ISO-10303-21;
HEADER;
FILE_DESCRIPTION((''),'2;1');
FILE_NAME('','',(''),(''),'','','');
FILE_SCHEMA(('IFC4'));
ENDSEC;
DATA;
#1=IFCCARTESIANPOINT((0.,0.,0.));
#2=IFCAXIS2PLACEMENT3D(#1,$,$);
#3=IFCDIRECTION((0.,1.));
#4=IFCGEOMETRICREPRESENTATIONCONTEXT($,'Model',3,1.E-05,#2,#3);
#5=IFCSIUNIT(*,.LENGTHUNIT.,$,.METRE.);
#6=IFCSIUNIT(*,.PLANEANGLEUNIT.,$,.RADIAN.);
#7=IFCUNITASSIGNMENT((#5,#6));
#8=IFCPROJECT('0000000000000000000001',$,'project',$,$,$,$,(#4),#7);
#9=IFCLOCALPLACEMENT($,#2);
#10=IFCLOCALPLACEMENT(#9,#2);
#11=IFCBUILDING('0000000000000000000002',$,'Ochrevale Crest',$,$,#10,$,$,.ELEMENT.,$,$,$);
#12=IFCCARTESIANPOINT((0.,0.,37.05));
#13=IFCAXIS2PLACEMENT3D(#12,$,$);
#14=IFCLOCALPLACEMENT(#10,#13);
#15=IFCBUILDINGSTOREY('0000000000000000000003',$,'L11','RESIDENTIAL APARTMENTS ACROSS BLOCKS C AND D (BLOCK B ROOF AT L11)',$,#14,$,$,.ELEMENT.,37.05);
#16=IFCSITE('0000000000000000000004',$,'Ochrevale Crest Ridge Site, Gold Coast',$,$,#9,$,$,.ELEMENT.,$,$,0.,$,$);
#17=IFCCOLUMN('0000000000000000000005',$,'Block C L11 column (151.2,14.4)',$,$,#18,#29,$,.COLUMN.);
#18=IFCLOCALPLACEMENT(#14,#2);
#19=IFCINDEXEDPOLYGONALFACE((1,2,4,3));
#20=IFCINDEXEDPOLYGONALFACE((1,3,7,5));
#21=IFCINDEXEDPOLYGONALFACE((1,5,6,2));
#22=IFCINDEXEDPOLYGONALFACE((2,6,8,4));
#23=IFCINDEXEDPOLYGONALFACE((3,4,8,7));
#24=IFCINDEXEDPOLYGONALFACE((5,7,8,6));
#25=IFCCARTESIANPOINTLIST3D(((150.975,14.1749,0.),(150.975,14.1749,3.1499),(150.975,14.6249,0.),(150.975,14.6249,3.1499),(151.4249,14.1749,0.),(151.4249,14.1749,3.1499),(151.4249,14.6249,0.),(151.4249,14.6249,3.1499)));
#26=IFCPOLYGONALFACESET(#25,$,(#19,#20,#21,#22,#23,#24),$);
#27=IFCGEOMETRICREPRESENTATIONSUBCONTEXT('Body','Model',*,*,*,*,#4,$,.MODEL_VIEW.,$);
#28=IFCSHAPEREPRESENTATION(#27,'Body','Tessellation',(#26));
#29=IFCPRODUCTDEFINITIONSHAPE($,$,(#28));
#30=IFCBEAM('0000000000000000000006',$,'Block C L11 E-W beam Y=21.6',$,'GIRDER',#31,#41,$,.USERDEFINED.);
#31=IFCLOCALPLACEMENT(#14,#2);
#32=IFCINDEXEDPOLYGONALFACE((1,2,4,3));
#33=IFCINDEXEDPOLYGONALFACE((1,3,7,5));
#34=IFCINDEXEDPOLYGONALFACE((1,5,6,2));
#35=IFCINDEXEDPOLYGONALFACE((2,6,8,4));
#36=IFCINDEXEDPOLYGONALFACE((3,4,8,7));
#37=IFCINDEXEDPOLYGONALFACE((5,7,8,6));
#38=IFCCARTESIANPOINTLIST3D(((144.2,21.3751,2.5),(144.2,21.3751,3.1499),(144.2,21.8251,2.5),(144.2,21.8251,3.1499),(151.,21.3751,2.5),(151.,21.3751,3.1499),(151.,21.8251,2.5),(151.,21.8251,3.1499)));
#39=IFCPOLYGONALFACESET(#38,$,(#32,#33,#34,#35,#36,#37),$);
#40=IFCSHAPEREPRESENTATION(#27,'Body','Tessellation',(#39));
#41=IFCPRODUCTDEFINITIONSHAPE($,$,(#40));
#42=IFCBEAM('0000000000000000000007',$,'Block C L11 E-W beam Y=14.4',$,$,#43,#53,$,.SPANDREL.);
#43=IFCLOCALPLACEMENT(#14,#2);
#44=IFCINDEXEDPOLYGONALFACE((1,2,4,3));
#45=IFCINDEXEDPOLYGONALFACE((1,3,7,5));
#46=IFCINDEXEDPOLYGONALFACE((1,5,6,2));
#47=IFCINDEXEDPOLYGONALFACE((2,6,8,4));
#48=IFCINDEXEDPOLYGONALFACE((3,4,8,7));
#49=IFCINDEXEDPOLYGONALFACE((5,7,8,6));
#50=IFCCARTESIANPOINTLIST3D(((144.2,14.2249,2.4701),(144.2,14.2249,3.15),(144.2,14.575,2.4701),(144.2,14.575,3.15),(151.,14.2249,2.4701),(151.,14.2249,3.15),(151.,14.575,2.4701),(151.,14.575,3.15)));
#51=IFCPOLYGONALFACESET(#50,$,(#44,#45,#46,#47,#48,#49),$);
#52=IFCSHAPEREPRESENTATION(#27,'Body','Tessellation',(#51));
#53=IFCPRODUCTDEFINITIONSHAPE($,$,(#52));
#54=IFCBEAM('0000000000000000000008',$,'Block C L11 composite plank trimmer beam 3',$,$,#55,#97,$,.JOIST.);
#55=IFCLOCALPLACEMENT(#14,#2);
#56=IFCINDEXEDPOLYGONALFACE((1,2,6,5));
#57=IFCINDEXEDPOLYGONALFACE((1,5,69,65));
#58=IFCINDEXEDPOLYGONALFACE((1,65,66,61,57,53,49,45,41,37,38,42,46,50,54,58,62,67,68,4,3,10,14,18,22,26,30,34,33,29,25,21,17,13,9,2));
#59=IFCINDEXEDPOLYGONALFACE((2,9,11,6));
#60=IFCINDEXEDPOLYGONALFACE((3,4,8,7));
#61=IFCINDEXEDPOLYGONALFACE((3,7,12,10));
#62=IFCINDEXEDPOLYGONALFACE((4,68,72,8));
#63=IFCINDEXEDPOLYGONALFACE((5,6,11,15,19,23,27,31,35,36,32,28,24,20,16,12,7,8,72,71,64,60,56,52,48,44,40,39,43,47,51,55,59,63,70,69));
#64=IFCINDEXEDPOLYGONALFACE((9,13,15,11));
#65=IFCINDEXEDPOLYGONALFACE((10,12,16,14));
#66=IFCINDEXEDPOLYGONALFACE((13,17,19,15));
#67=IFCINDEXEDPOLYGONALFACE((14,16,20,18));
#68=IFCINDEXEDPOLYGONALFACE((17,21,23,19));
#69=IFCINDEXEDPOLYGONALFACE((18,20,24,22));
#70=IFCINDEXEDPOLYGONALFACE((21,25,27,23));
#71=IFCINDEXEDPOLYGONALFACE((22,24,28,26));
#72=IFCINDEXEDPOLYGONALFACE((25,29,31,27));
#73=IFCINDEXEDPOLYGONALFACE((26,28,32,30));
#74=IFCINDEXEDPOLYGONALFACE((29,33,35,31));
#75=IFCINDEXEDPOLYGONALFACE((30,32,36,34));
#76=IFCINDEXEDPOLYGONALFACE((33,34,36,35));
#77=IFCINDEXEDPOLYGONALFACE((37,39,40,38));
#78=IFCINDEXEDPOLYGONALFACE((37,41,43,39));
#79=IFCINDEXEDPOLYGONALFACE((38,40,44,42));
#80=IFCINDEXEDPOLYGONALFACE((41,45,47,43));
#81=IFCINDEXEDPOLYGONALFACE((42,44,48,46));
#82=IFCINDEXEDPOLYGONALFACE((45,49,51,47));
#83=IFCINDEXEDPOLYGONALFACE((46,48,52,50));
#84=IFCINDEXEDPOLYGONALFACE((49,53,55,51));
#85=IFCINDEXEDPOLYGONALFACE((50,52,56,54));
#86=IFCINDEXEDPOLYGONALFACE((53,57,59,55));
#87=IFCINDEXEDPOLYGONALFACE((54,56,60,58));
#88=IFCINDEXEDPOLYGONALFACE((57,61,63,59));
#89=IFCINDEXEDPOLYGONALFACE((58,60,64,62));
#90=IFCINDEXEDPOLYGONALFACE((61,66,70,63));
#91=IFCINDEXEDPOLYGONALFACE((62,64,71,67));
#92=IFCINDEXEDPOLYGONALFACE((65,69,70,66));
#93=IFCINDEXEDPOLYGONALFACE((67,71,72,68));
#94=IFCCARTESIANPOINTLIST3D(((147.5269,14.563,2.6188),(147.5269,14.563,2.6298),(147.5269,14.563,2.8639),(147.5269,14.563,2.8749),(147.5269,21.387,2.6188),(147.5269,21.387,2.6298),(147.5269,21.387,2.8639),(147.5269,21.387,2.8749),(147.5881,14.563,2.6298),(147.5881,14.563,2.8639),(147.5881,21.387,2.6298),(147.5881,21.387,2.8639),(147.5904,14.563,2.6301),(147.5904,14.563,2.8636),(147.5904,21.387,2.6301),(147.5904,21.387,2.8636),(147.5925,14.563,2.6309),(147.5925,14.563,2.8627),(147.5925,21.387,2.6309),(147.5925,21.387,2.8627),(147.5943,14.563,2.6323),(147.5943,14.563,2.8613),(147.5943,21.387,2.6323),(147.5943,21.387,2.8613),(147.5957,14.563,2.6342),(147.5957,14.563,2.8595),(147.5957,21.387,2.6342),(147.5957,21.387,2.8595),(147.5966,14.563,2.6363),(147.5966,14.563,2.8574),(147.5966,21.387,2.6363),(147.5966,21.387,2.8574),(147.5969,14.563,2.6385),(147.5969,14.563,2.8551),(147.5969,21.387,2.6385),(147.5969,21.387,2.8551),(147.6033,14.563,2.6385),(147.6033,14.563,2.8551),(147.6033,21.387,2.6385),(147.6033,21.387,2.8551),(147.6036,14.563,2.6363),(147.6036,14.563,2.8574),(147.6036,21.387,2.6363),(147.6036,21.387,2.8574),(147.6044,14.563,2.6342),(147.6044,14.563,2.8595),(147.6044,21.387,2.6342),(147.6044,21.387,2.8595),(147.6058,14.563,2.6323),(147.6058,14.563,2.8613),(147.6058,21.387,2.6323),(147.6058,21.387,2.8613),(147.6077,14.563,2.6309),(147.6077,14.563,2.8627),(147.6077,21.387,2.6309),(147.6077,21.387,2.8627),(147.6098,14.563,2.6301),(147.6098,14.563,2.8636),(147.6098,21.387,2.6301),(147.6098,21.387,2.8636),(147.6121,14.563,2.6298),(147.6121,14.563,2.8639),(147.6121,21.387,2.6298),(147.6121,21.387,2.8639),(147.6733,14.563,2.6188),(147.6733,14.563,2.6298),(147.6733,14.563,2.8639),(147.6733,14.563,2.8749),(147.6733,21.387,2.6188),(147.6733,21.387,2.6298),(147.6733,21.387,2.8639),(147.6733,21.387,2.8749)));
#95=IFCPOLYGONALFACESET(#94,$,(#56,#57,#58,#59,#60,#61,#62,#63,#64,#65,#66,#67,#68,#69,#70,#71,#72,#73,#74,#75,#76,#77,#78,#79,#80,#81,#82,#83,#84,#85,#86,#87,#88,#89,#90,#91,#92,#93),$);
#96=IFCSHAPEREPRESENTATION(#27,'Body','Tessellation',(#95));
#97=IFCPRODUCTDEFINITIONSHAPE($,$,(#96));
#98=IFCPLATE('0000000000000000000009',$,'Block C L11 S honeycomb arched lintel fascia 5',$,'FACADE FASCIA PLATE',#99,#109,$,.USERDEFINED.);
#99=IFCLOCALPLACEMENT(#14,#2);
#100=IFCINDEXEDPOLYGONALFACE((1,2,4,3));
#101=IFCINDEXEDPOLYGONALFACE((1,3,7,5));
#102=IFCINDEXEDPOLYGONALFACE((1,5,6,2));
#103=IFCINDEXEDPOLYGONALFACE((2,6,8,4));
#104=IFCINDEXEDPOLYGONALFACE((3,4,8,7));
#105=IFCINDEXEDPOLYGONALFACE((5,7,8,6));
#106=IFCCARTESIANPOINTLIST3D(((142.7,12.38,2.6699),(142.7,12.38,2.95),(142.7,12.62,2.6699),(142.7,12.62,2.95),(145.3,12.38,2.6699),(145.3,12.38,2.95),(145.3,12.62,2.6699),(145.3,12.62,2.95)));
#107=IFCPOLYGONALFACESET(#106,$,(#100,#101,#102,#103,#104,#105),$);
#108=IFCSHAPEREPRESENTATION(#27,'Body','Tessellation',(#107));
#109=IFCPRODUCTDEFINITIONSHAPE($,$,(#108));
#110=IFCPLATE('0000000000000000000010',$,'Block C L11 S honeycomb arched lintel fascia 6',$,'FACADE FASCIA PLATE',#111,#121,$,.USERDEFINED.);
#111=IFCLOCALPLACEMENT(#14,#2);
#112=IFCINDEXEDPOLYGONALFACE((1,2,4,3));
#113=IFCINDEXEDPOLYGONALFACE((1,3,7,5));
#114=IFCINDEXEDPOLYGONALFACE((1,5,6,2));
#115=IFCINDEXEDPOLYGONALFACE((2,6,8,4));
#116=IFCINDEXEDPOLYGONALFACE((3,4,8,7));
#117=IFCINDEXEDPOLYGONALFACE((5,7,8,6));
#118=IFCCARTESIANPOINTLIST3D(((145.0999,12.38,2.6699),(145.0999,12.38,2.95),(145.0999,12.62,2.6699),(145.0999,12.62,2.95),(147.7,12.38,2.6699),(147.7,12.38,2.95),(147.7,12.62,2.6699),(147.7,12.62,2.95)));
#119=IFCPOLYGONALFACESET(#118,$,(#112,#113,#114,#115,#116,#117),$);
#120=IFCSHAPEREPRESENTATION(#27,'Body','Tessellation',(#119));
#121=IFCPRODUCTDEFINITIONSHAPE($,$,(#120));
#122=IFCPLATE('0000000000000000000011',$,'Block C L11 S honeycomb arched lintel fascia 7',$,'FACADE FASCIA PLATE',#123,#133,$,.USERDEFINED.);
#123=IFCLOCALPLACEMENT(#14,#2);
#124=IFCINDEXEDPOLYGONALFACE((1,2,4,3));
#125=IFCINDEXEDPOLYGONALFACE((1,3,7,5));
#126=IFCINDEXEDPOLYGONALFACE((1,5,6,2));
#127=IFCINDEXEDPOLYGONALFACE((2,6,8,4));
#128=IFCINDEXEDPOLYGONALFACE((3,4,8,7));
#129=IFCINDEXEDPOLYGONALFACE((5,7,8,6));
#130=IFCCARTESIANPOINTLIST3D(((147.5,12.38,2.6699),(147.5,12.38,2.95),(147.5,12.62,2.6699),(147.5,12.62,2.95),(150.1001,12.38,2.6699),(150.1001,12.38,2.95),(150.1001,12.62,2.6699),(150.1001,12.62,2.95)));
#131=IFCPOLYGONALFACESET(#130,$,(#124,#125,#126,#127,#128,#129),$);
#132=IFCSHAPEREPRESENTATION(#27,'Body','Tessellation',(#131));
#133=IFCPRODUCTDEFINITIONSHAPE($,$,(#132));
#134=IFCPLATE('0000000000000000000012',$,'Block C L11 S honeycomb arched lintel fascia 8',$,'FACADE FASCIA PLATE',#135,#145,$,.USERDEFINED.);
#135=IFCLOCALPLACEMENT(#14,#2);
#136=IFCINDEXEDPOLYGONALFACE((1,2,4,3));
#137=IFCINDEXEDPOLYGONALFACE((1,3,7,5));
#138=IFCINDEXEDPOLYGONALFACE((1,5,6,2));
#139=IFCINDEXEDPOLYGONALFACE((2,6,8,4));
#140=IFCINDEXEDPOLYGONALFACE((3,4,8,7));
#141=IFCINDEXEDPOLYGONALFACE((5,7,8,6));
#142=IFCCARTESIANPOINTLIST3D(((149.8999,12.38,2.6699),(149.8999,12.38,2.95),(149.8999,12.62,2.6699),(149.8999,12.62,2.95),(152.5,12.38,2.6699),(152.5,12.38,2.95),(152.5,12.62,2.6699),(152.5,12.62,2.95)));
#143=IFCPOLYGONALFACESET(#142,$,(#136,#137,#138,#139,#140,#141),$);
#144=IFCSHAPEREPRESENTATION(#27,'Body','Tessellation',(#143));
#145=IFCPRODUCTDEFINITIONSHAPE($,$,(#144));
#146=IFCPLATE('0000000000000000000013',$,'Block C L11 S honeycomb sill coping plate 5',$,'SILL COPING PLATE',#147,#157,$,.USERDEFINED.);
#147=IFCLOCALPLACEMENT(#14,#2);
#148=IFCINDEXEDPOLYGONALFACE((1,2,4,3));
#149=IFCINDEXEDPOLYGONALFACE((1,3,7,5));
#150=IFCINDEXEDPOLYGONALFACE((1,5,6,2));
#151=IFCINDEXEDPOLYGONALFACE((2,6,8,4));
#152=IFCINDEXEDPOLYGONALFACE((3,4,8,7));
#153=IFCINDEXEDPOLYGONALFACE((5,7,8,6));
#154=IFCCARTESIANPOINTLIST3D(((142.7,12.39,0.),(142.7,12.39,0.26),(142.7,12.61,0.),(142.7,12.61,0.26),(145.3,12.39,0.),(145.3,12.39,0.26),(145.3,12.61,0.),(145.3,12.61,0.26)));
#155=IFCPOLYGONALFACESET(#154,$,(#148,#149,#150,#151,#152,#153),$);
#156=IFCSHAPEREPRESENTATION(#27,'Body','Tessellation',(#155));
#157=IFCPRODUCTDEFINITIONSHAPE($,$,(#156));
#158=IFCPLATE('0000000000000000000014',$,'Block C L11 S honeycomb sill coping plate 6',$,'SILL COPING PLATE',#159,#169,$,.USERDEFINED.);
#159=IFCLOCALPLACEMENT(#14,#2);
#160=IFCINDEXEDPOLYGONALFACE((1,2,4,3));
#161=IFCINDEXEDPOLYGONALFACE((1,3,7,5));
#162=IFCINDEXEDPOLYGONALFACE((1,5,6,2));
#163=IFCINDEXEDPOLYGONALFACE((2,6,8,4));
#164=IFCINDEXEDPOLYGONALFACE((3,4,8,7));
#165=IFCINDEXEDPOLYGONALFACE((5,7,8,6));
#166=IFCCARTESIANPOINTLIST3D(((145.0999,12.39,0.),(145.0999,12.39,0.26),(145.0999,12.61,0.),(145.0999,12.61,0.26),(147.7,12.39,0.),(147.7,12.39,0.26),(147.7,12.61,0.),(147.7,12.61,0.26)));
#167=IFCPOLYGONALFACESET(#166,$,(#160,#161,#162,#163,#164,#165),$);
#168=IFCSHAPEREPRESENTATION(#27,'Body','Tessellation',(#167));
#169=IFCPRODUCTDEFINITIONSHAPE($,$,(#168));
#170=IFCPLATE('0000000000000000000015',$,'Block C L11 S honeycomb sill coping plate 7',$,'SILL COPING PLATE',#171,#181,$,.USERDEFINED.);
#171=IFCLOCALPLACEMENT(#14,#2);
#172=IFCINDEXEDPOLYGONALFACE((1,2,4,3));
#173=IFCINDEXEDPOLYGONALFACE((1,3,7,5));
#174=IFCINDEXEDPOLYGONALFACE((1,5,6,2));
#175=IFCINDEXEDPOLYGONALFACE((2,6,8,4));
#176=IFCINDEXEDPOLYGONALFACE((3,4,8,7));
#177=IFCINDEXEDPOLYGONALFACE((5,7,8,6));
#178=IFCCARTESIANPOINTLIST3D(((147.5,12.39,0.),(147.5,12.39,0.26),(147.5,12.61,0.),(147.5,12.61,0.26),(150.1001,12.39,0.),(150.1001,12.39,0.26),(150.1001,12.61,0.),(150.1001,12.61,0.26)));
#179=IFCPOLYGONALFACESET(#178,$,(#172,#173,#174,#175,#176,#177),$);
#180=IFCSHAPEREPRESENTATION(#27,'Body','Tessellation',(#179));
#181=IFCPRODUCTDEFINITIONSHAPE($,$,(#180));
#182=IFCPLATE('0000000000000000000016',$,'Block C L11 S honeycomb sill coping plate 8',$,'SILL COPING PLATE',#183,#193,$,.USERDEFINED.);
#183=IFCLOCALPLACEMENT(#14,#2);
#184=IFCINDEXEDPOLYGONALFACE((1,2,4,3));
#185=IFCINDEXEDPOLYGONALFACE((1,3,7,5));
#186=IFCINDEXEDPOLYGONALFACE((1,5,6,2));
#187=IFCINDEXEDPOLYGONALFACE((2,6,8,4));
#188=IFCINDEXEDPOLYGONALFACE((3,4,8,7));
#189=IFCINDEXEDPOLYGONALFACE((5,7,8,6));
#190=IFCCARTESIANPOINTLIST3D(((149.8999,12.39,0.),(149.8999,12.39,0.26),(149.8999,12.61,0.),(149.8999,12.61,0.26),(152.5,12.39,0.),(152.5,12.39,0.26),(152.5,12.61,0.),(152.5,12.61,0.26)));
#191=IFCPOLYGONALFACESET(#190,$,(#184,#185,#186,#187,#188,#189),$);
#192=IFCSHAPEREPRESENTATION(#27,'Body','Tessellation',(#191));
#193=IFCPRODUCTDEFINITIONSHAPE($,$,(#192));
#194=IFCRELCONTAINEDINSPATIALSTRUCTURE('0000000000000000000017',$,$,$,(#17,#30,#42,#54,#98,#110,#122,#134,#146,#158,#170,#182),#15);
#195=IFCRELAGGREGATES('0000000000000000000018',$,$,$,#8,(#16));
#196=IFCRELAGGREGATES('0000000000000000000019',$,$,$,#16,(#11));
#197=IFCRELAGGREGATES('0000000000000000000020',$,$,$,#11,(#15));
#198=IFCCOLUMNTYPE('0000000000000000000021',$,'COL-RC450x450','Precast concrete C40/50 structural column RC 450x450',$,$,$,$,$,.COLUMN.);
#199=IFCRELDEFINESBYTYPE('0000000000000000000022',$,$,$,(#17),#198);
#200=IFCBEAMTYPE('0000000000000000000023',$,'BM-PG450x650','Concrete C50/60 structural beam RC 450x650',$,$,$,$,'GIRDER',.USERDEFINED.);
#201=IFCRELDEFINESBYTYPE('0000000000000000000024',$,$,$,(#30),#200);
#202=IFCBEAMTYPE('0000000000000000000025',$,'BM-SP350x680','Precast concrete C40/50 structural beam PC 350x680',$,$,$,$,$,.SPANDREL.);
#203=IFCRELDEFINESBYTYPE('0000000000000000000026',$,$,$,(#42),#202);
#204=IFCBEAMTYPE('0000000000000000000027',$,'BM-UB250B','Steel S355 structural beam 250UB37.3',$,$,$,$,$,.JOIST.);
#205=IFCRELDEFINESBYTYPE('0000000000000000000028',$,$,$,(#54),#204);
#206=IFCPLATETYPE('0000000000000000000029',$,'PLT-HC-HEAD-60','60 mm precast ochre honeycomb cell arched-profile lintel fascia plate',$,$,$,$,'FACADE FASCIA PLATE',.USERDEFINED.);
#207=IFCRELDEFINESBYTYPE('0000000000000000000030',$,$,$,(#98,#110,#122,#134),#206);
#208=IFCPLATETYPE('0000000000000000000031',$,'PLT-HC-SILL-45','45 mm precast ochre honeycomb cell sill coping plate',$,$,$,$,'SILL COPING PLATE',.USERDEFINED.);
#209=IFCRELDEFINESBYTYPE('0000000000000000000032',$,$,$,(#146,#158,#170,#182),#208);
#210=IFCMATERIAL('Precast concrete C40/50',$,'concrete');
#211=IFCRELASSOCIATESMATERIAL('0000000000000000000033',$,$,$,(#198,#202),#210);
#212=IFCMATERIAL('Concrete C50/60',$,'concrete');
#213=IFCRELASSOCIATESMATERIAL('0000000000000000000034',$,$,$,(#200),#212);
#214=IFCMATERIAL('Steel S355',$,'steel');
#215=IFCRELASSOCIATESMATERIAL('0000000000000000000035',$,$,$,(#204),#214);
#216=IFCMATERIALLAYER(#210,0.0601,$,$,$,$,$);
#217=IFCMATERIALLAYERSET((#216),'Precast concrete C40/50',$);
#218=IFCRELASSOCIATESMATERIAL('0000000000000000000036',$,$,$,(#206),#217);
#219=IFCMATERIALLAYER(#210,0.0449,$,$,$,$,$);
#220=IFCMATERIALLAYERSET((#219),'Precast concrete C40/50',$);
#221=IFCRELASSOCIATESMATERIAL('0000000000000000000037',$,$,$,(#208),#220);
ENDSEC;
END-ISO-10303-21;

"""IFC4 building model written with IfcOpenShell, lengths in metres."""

from ifc_helpers import new_model, si_unit, direction, frame, origin, origin_2d, place, context, subcontext, project, spatial, rectangle, i_section, extrude, material, layer, layer_set, material_profile, profile_set, type_object, element, save


model = new_model("IFC4")

# Units and contexts
model_context = context("Model", 3, precision=1e-05, world=origin(), true_north=direction((0.0, 1.0)))
body_context = subcontext(model_context, "Body", "Model", "MODEL_VIEW")
ifc_project = project(units=[si_unit("LENGTHUNIT", "METRE"), si_unit("PLANEANGLEUNIT", "RADIAN")], contexts=[model_context])

# Site, building, storey
site_placement = place(None, origin())
site = spatial("IfcSite", under=ifc_project, at=site_placement, Name="Ochrevale Crest Ridge Site, Gold Coast", CompositionType="ELEMENT", RefElevation=0.0)
building_placement = place(site_placement, origin())
building = spatial("IfcBuilding", under=site, at=building_placement, Name="Ochrevale Crest", CompositionType="ELEMENT")
storey_placement = place(building_placement, frame((0.0, 0.0, 37.05)))
storey = spatial("IfcBuildingStorey", under=building, at=storey_placement, Name="L11", Description="RESIDENTIAL APARTMENTS ACROSS BLOCKS C AND D (BLOCK B ROOF AT L11)", CompositionType="ELEMENT", Elevation=37.05)

# Column
ifc_material_1 = material(Name="Precast concrete C40/50", Category="concrete")
ifc_material_profile_1 = material_profile(ifc_material_1, rectangle(XDim=0.45, YDim=0.45, at=origin_2d()), Name="RC 450x450")
ifc_profile_set_1 = profile_set([ifc_material_profile_1], Name="Precast concrete C40/50")
column_type = type_object("IfcColumnType", Name="COL-RC450x450", Description="Precast concrete C40/50 structural column RC 450x450", PredefinedType="COLUMN", material=ifc_profile_set_1)
column_placement = place(storey_placement, frame((151.2, 14.3999, 0.0), z_axis=(0.0, 0.0, 1.0), x_axis=(1.0, 0.0, 0.0)))
element("IfcColumn", 1, at=column_placement, inside=storey, type_object=column_type, Name="Block C L11 column (151.2,14.4)", PredefinedType="COLUMN", context=body_context, shape_type="SweptSolid", body=[
    extrude(rectangle(XDim=0.45, YDim=0.45, at=origin_2d()), origin(), (0.0, 0.0, 1.0), 3.1499),
])

# Beams
ifc_material_2 = material(Name="Concrete C50/60", Category="concrete")
ifc_material_profile_2 = material_profile(ifc_material_2, rectangle(XDim=0.45, YDim=0.6499, at=origin_2d()), Name="RC 450x650")
ifc_profile_set_2 = profile_set([ifc_material_profile_2], Name="Concrete C50/60")
beam_type_1 = type_object("IfcBeamType", Name="BM-PG450x650", Description="Concrete C50/60 structural beam RC 450x650", ElementType="GIRDER", PredefinedType="USERDEFINED", material=ifc_profile_set_2)
beam_1_placement = place(storey_placement, frame((144.2, 21.6001, 2.825), z_axis=(1.0, 0.0, 0.0), x_axis=(0.0, 1.0, 0.0)))
element("IfcBeam", 2, at=beam_1_placement, inside=storey, type_object=beam_type_1, Name="Block C L11 E-W beam Y=21.6", ObjectType="GIRDER", PredefinedType="USERDEFINED", context=body_context, shape_type="SweptSolid", body=[
    extrude(rectangle(XDim=0.45, YDim=0.6499, at=origin_2d()), origin(), (0.0, 0.0, 1.0), 6.8),
])
ifc_material_profile_3 = material_profile(ifc_material_1, rectangle(XDim=0.3501, YDim=0.6799, at=origin_2d()), Name="PC 350x680")
ifc_profile_set_3 = profile_set([ifc_material_profile_3], Name="Precast concrete C40/50")
beam_type_2 = type_object("IfcBeamType", Name="BM-SP350x680", Description="Precast concrete C40/50 structural beam PC 350x680", PredefinedType="SPANDREL", material=ifc_profile_set_3)
beam_2_placement = place(storey_placement, frame((144.2, 14.3999, 2.8101), z_axis=(1.0, 0.0, 0.0), x_axis=(0.0, 1.0, 0.0)))
element("IfcBeam", 3, at=beam_2_placement, inside=storey, type_object=beam_type_2, Name="Block C L11 E-W beam Y=14.4", PredefinedType="SPANDREL", context=body_context, shape_type="SweptSolid", body=[
    extrude(rectangle(XDim=0.3501, YDim=0.6799, at=origin_2d()), origin(), (0.0, 0.0, 1.0), 6.8),
])
ifc_material_3 = material(Name="Steel S355", Category="steel")
ifc_material_profile_4 = material_profile(ifc_material_3, i_section(OverallWidth=0.1465, OverallDepth=0.2561, WebThickness=0.0063, FlangeThickness=0.011, FilletRadius=0.0088, at=origin_2d()), Name="250UB37.3")
ifc_profile_set_4 = profile_set([ifc_material_profile_4], Name="Steel S355")
beam_type_3 = type_object("IfcBeamType", Name="BM-UB250B", Description="Steel S355 structural beam 250UB37.3", PredefinedType="JOIST", material=ifc_profile_set_4)
beam_3_placement = place(storey_placement, frame((147.6001, 14.563, 2.7468), z_axis=(0.0, 1.0, 0.0), x_axis=(-1.0, 0.0, 0.0)))
element("IfcBeam", 4, at=beam_3_placement, inside=storey, type_object=beam_type_3, Name="Block C L11 composite plank trimmer beam 3", PredefinedType="JOIST", context=body_context, shape_type="SweptSolid", body=[
    extrude(i_section(OverallWidth=0.1465, OverallDepth=0.2561, WebThickness=0.0063, FlangeThickness=0.011, FilletRadius=0.0088, at=origin_2d()), origin(), (0.0, 0.0, 1.0), 6.824),
])

# Plates
ifc_layer_1 = layer(ifc_material_1, 0.0601)
ifc_layer_set_1 = layer_set([ifc_layer_1], Name="Precast concrete C40/50")
plate_type_1 = type_object("IfcPlateType", Name="PLT-HC-HEAD-60", Description="60 mm precast ochre honeycomb cell arched-profile lintel fascia plate", ElementType="FACADE FASCIA PLATE", PredefinedType="USERDEFINED", material=ifc_layer_set_1)
for number, where, z_axis, x_axis, name in (
    (5, (144.0, 12.5, 2.6699), (0.0, 0.0, 1.0), (1.0, 0.0, 0.0), "Block C L11 S honeycomb arched lintel fascia 5"),
    (6, (146.3999, 12.5, 2.6699), (0.0, 0.0, 1.0), (1.0, 0.0, 0.0), "Block C L11 S honeycomb arched lintel fascia 6"),
    (7, (148.8, 12.5, 2.6699), (0.0, 0.0, 1.0), (1.0, 0.0, 0.0), "Block C L11 S honeycomb arched lintel fascia 7"),
    (8, (151.2, 12.5, 2.6699), (0.0, 0.0, 1.0), (1.0, 0.0, 0.0), "Block C L11 S honeycomb arched lintel fascia 8"),
):
    element("IfcPlate", number, at=place(storey_placement, frame(where, z_axis=z_axis, x_axis=x_axis)), inside=storey, type_object=plate_type_1, Name=name, ObjectType="FACADE FASCIA PLATE", PredefinedType="USERDEFINED", context=body_context, shape_type="SweptSolid", body=[
        extrude(rectangle(XDim=2.6001, YDim=0.24, at=origin_2d()), origin(), (0.0, 0.0, 1.0), 0.28),
    ])
ifc_layer_2 = layer(ifc_material_1, 0.0449)
ifc_layer_set_2 = layer_set([ifc_layer_2], Name="Precast concrete C40/50")
plate_type_2 = type_object("IfcPlateType", Name="PLT-HC-SILL-45", Description="45 mm precast ochre honeycomb cell sill coping plate", ElementType="SILL COPING PLATE", PredefinedType="USERDEFINED", material=ifc_layer_set_2)
for number, where, z_axis, x_axis, name in (
    (9, (144.0, 12.5, 0.0), (0.0, 0.0, 1.0), (1.0, 0.0, 0.0), "Block C L11 S honeycomb sill coping plate 5"),
    (10, (146.3999, 12.5, 0.0), (0.0, 0.0, 1.0), (1.0, 0.0, 0.0), "Block C L11 S honeycomb sill coping plate 6"),
    (11, (148.8, 12.5, 0.0), (0.0, 0.0, 1.0), (1.0, 0.0, 0.0), "Block C L11 S honeycomb sill coping plate 7"),
    (12, (151.2, 12.5, 0.0), (0.0, 0.0, 1.0), (1.0, 0.0, 0.0), "Block C L11 S honeycomb sill coping plate 8"),
):
    element("IfcPlate", number, at=place(storey_placement, frame(where, z_axis=z_axis, x_axis=x_axis)), inside=storey, type_object=plate_type_2, Name=name, ObjectType="SILL COPING PLATE", PredefinedType="USERDEFINED", context=body_context, shape_type="SweptSolid", body=[
        extrude(rectangle(XDim=2.6001, YDim=0.22, at=origin_2d()), origin(), (0.0, 0.0, 1.0), 0.26),
    ])

save(model, "model.ifc")
